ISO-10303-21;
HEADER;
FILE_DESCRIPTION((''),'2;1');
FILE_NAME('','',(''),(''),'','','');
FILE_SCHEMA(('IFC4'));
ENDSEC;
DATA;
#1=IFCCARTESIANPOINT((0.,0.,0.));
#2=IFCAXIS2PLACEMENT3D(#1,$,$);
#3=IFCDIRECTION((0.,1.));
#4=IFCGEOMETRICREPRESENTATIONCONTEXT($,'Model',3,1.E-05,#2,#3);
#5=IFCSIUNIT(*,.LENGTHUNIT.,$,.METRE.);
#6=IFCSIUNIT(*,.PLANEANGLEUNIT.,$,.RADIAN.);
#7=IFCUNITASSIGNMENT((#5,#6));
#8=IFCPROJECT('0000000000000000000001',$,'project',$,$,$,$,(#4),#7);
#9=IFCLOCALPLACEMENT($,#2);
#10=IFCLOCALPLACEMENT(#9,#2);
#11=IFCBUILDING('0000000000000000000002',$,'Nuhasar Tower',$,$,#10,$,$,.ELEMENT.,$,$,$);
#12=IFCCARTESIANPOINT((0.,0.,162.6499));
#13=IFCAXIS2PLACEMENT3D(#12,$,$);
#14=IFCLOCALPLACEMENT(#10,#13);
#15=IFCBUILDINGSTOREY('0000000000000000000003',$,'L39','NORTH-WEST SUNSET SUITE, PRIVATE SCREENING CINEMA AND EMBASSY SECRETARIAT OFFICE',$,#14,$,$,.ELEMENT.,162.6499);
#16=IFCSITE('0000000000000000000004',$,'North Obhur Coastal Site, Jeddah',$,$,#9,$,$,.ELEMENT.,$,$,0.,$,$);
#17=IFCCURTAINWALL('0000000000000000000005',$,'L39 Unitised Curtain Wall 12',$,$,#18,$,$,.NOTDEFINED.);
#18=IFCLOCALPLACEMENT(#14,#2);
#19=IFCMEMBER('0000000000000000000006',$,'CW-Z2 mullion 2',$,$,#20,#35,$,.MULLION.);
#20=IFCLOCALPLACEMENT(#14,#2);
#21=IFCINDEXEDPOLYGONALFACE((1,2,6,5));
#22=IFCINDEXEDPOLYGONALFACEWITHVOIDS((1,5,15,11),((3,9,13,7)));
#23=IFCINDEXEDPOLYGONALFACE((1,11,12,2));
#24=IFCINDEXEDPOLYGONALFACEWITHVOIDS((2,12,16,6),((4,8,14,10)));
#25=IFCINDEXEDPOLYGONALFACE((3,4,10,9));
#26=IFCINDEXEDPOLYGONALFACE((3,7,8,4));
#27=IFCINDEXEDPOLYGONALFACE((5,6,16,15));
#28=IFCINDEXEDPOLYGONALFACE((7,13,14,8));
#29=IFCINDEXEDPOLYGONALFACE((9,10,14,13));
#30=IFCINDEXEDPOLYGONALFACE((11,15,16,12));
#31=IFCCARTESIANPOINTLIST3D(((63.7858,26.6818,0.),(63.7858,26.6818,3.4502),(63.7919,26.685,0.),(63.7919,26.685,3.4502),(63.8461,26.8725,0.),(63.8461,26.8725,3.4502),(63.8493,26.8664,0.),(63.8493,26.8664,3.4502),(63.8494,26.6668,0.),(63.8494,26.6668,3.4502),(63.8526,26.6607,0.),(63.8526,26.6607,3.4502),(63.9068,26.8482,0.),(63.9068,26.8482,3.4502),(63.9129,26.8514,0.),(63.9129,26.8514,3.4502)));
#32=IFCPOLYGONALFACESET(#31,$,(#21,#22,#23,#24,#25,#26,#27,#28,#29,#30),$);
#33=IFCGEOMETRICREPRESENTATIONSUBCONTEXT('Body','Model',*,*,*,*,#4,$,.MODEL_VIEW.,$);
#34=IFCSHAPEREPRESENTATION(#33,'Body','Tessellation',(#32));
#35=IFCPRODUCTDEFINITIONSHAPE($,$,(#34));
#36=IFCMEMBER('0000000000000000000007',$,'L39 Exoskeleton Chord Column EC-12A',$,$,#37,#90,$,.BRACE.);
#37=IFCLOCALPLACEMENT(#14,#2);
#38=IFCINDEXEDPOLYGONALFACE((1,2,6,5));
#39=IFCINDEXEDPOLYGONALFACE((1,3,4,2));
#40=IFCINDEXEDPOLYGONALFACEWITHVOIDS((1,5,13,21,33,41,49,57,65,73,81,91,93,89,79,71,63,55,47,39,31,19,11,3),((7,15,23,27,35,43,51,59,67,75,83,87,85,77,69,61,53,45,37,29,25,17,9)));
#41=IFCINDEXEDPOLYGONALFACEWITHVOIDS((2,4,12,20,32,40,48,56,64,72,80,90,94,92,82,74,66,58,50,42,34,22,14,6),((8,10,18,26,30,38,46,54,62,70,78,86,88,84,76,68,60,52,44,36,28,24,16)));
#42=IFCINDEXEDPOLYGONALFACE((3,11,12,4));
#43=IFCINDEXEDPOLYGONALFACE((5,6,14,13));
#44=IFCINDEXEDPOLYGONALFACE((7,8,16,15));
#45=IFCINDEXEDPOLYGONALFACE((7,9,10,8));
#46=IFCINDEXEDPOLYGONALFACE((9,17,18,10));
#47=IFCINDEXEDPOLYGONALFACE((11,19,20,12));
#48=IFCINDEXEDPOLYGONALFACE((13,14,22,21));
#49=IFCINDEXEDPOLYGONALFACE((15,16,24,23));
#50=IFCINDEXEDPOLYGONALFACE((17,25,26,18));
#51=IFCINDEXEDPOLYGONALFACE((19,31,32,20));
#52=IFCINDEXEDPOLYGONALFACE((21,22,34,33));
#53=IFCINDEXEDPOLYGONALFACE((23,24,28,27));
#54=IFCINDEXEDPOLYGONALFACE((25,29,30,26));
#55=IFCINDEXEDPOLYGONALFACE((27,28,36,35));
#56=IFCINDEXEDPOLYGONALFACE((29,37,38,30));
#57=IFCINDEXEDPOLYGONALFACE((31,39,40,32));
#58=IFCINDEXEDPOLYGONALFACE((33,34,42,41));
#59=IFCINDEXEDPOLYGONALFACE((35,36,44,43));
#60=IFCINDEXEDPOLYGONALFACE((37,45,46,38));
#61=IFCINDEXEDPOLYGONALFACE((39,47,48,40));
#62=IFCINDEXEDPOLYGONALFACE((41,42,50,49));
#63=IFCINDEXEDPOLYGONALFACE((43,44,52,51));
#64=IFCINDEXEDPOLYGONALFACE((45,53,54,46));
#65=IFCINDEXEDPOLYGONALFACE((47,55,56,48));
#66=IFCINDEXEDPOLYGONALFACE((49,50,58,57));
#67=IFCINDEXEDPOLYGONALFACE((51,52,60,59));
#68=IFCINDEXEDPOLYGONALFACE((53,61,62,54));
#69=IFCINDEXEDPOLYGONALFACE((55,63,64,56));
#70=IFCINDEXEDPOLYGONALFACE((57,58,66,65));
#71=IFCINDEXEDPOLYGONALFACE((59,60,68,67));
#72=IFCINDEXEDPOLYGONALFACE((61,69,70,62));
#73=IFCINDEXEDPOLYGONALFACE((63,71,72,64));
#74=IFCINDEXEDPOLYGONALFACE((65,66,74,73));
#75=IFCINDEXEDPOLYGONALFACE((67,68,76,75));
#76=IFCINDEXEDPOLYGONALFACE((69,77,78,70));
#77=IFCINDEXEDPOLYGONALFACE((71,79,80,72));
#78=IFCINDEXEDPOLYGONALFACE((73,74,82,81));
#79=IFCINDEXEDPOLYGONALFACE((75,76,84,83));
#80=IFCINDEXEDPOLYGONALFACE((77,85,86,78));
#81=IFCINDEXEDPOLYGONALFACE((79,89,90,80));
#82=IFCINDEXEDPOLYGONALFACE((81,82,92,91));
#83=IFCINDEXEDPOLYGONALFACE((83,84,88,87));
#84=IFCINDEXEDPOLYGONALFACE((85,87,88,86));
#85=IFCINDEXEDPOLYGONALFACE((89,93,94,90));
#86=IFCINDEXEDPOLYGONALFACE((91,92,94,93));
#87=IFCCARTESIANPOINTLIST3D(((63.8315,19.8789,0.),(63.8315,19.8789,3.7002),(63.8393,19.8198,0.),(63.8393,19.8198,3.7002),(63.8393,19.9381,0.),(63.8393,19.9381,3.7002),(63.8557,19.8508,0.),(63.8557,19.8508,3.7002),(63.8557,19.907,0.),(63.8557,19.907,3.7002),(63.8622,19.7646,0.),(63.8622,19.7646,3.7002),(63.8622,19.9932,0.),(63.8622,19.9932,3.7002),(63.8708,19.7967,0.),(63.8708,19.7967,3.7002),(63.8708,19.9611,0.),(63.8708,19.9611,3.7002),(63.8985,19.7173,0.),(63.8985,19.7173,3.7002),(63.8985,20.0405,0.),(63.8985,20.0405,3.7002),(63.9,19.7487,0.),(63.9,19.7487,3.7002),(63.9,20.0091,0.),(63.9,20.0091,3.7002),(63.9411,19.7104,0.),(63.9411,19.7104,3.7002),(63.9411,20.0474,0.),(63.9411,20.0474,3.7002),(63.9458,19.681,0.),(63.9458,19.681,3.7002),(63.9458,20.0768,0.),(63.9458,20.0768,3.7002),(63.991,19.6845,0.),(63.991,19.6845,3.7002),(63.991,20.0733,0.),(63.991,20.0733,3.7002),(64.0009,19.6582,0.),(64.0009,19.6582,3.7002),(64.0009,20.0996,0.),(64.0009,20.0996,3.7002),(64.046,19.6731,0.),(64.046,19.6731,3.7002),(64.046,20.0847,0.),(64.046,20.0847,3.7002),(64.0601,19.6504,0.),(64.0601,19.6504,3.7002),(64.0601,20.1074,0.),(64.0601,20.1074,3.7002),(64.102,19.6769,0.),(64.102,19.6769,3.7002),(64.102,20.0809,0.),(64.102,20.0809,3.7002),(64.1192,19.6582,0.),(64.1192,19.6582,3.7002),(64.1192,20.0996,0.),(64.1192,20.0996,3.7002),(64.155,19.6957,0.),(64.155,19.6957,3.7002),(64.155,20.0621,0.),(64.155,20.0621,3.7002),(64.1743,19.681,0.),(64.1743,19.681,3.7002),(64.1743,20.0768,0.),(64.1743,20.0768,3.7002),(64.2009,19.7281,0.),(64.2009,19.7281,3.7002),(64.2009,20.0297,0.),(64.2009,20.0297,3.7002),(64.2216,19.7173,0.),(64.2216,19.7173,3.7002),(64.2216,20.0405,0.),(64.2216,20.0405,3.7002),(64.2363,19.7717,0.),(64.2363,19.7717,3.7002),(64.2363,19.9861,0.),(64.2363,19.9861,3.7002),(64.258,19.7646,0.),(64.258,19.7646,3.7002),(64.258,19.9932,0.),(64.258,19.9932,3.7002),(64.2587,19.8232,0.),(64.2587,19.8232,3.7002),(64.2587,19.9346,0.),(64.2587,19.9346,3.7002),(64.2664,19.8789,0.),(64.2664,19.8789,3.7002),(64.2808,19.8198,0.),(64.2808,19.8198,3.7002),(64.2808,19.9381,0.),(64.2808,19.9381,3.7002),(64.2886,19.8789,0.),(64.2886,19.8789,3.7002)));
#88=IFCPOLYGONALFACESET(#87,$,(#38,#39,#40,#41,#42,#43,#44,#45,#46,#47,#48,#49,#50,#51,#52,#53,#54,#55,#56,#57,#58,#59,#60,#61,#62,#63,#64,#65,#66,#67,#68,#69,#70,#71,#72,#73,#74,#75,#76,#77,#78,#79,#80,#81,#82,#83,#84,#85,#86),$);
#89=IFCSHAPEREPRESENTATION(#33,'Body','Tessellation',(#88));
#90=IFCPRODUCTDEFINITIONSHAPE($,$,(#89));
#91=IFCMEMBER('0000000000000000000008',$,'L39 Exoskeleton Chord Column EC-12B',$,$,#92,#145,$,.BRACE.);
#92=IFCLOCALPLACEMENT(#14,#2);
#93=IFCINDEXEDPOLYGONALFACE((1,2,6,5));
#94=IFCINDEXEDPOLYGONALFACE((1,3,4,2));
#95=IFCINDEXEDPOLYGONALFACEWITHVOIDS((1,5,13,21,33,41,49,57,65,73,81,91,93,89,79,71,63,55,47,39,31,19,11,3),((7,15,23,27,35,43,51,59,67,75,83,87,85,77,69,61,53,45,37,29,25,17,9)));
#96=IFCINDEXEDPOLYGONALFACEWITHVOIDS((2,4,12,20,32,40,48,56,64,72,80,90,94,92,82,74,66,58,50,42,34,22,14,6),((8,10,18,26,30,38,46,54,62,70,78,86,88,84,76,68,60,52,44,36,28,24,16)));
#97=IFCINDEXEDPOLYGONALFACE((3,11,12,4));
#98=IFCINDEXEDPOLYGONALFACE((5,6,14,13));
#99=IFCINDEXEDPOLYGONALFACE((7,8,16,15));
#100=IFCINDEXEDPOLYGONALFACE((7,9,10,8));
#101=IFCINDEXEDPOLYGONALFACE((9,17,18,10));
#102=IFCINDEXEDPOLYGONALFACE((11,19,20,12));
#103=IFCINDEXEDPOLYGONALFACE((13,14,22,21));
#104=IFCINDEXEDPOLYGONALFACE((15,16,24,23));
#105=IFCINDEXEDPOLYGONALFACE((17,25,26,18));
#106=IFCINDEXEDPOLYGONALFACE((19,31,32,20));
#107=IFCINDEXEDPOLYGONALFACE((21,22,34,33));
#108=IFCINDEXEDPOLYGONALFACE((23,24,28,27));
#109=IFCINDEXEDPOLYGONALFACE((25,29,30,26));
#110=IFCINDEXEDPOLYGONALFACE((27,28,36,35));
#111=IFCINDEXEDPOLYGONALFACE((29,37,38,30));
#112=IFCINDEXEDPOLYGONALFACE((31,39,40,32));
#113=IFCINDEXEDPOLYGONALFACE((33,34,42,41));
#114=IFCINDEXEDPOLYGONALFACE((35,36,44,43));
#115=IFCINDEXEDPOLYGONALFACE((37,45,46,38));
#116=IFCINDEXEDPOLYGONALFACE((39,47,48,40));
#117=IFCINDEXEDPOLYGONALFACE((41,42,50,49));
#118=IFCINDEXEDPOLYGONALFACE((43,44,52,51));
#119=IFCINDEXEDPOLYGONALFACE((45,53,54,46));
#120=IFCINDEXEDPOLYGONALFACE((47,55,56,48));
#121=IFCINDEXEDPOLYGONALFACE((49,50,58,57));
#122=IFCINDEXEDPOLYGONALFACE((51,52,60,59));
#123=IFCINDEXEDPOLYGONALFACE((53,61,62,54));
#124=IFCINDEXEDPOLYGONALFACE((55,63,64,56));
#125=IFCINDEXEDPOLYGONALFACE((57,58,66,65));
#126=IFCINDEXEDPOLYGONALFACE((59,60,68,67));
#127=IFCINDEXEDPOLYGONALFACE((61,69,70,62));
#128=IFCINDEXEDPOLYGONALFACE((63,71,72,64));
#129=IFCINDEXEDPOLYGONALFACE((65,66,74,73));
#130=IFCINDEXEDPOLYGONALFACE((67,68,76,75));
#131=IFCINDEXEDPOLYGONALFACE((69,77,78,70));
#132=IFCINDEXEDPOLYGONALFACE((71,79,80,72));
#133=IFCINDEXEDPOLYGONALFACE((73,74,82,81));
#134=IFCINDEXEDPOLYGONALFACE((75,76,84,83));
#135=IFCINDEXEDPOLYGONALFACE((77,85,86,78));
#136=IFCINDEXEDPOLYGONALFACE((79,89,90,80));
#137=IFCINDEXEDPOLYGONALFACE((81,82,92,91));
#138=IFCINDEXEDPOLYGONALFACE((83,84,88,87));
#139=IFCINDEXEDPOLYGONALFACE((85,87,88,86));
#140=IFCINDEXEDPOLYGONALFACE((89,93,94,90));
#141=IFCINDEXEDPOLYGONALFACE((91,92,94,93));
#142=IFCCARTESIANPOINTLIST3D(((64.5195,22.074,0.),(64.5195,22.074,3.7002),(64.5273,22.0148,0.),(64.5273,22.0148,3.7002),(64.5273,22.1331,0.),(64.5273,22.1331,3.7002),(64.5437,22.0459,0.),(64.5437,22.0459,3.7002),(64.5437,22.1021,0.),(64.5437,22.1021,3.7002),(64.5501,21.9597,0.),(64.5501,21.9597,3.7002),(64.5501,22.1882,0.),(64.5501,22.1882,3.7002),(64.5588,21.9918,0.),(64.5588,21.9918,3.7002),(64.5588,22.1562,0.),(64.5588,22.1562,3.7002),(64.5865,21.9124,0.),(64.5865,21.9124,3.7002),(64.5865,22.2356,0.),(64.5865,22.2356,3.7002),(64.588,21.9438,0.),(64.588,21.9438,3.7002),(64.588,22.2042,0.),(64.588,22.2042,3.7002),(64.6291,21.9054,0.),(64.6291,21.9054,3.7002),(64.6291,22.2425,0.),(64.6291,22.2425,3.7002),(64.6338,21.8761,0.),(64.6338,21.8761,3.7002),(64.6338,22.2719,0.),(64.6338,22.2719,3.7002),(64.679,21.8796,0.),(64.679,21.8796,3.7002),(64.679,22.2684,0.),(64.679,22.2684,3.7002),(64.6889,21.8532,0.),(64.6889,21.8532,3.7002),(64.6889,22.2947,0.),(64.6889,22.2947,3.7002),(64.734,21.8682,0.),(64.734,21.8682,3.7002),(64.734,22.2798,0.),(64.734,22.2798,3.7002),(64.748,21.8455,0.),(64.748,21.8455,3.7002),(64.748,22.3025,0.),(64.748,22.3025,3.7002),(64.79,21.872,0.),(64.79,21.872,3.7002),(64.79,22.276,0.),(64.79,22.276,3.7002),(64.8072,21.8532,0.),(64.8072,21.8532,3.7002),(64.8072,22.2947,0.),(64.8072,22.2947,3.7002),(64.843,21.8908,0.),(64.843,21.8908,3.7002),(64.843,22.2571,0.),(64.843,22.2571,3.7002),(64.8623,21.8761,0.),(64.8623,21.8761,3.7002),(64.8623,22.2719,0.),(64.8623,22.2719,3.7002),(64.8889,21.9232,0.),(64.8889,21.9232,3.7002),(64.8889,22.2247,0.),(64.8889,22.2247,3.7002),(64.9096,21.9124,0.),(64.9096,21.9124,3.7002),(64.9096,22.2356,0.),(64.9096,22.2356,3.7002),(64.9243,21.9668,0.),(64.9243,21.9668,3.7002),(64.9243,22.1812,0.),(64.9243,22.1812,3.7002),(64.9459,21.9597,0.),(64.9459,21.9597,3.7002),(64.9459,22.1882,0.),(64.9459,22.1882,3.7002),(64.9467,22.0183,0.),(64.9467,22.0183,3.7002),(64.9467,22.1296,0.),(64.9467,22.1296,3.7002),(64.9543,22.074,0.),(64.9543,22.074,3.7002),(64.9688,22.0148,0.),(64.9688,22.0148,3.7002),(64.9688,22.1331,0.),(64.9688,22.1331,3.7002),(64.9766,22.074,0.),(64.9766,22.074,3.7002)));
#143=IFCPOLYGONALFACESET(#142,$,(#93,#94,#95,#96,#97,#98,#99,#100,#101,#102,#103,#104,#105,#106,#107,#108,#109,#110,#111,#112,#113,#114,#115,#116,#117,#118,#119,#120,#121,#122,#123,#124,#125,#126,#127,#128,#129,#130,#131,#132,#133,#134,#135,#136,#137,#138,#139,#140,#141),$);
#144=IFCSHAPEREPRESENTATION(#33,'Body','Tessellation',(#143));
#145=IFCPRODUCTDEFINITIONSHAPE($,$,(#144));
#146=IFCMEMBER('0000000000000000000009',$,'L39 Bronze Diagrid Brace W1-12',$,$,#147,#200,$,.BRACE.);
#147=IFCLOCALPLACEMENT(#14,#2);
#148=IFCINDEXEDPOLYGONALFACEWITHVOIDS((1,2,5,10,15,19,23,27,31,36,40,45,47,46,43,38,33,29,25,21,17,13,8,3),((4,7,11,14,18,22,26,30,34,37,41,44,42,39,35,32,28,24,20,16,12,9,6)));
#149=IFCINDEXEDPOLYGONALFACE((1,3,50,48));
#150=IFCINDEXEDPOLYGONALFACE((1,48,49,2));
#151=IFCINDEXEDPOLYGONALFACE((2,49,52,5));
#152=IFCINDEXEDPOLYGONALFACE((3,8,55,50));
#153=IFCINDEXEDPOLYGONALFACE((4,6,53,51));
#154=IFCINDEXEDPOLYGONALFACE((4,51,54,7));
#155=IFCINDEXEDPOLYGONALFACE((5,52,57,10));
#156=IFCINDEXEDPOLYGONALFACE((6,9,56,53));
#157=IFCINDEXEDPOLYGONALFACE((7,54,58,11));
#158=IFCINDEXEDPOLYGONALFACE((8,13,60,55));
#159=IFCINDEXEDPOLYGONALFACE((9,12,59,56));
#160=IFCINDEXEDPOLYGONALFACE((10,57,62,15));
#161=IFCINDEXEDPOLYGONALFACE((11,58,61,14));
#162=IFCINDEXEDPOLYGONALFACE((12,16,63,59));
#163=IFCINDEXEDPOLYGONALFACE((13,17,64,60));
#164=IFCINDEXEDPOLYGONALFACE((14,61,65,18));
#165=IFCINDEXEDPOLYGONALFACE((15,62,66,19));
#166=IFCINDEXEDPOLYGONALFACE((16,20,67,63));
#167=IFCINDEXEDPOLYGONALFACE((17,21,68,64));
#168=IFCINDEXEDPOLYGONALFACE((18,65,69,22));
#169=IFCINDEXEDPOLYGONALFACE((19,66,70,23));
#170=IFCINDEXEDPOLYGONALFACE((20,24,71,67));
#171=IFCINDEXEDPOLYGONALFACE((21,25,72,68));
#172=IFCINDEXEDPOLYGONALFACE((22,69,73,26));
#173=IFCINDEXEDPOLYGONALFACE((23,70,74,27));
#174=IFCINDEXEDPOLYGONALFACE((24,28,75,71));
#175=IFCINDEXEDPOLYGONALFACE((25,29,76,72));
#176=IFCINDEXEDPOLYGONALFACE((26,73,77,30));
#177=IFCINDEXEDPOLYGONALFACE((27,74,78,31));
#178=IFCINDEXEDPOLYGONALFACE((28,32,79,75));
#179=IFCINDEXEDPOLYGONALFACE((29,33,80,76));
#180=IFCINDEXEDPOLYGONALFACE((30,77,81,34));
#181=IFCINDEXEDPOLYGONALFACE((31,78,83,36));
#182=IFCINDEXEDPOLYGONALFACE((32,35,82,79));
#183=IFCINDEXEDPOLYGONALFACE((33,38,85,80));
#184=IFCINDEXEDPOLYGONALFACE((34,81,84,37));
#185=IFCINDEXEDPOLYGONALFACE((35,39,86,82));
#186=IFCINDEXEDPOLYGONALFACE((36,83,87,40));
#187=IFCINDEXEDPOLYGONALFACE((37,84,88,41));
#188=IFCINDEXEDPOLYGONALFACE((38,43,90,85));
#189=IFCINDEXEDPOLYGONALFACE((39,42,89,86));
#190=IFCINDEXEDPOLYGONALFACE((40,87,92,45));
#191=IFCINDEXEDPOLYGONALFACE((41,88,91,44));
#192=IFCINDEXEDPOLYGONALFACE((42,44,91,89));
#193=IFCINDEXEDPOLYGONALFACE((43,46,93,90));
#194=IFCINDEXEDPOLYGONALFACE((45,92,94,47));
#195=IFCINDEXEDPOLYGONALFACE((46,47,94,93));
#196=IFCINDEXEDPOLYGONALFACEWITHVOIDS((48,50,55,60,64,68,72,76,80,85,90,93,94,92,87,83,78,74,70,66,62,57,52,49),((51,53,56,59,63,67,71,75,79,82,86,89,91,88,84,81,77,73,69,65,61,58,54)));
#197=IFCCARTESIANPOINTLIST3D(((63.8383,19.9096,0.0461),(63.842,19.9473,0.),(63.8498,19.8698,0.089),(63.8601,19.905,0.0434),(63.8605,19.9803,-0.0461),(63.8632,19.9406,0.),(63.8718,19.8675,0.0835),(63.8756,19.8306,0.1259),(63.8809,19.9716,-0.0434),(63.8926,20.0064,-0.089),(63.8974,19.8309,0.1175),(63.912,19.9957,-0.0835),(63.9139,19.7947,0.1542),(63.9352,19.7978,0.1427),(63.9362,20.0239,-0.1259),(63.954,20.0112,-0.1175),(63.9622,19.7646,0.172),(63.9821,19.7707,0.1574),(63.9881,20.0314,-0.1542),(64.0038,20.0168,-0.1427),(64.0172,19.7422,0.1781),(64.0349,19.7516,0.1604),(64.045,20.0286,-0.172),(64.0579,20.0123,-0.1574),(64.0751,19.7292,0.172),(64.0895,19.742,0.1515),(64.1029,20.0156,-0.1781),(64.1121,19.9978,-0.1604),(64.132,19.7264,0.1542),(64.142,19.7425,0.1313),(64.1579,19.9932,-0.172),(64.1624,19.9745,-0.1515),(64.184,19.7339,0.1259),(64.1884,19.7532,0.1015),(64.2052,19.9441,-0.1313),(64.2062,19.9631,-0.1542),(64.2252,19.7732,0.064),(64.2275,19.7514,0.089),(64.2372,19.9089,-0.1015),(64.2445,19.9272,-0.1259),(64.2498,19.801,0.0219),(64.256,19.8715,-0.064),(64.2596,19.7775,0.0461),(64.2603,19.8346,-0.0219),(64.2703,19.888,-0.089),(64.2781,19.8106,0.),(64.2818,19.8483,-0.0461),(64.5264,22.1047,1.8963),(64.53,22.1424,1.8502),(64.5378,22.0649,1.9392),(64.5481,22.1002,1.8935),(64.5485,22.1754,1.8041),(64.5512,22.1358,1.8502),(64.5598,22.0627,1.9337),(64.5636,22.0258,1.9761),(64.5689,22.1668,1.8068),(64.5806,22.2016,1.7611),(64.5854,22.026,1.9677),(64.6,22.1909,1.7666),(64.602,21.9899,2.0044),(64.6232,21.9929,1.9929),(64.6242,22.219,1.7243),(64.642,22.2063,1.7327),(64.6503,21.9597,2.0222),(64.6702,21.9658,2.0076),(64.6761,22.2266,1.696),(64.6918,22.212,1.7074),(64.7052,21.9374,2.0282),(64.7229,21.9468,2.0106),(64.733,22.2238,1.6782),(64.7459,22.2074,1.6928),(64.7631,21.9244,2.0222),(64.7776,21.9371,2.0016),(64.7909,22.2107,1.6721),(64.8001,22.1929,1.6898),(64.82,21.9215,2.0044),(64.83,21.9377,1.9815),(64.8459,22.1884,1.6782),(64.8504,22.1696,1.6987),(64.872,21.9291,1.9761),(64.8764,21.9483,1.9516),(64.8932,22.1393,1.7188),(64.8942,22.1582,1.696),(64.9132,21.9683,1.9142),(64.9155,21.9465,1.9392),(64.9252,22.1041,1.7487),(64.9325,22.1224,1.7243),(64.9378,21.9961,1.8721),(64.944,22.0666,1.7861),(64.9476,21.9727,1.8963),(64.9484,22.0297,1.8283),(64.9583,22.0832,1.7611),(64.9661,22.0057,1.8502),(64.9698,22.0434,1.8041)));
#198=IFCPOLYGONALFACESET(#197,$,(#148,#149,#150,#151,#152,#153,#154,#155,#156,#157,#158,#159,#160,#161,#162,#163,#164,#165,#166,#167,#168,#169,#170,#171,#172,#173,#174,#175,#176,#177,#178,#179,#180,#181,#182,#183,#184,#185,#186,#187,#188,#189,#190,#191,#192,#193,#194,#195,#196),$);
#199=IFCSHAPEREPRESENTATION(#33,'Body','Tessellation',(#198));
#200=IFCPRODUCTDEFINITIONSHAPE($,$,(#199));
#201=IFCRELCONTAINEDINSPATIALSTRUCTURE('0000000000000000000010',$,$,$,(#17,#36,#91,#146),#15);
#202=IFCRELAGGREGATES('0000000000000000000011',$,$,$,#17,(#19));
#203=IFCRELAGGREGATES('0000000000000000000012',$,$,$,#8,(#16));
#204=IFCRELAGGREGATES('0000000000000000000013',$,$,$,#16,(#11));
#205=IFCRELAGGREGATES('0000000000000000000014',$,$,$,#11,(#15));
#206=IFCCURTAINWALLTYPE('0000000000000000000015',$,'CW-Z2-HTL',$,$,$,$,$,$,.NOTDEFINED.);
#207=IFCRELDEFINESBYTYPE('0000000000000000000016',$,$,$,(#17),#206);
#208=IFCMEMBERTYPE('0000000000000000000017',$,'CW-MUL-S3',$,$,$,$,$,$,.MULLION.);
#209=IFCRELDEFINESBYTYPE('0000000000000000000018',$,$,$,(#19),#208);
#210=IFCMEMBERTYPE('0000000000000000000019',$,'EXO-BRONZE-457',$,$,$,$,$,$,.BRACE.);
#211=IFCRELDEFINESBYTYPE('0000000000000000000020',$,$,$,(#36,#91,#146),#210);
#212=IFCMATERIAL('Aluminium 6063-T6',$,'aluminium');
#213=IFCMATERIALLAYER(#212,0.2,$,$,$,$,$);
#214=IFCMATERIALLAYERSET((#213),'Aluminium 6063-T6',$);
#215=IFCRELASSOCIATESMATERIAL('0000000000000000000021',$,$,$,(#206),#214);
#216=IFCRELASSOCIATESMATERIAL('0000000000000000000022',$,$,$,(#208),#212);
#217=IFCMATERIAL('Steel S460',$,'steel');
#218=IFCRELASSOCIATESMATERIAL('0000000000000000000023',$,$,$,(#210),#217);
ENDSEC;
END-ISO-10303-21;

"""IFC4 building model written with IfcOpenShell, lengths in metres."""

from ifc_helpers import new_model, si_unit, direction, frame, origin, origin_2d, place, context, subcontext, project, spatial, hollow_rectangle, hollow_circle, extrude, material, layer, layer_set, material_profile, profile_set, type_object, element, aggregate, save


model = new_model("IFC4")

# Units and contexts
model_context = context("Model", 3, precision=1e-05, world=origin(), true_north=direction((0.0, 1.0)))
body_context = subcontext(model_context, "Body", "Model", "MODEL_VIEW")
ifc_project = project(units=[si_unit("LENGTHUNIT", "METRE"), si_unit("PLANEANGLEUNIT", "RADIAN")], contexts=[model_context])

# Site, building, storey
site_placement = place(None, origin())
site = spatial("IfcSite", under=ifc_project, at=site_placement, Name="North Obhur Coastal Site, Jeddah", CompositionType="ELEMENT", RefElevation=0.0)
building_placement = place(site_placement, origin())
building = spatial("IfcBuilding", under=site, at=building_placement, Name="Nuhasar Tower", CompositionType="ELEMENT")
storey_placement = place(building_placement, frame((0.0, 0.0, 162.6499)))
storey = spatial("IfcBuildingStorey", under=building, at=storey_placement, Name="L39", Description="NORTH-WEST SUNSET SUITE, PRIVATE SCREENING CINEMA AND EMBASSY SECRETARIAT OFFICE", CompositionType="ELEMENT", Elevation=162.6499)

# Curtain wall, member
ifc_material_1 = material(Name="Aluminium 6063-T6", Category="aluminium")
ifc_layer_1 = layer(ifc_material_1, 0.2)
ifc_layer_set_1 = layer_set([ifc_layer_1], Name="Aluminium 6063-T6")
curtain_wall_type = type_object("IfcCurtainWallType", Name="CW-Z2-HTL", PredefinedType="NOTDEFINED", material=ifc_layer_set_1)
curtain_wall_placement = place(storey_placement, origin())
curtain_wall = element("IfcCurtainWall", 1, at=curtain_wall_placement, inside=storey, type_object=curtain_wall_type, Name="L39 Unitised Curtain Wall 12", PredefinedType="NOTDEFINED")
ifc_material_profile_1 = material_profile(ifc_material_1, hollow_rectangle(XDim=0.0701, YDim=0.2, WallThickness=0.0049, at=origin_2d()), Name="CWM-3")
ifc_profile_set_1 = profile_set([ifc_material_profile_1], Name="Aluminium 6063-T6")
member_type_1 = type_object("IfcMemberType", Name="CW-MUL-S3", PredefinedType="MULLION", material=ifc_profile_set_1)
member_placement = place(storey_placement, frame((63.8494, 26.7666, 0.0), z_axis=(0.0, 0.0, 1.0), x_axis=(-0.953433, 0.301604, 0.0)))
member = element("IfcMember", 2, at=member_placement, type_object=member_type_1, Name="CW-Z2 mullion 2", PredefinedType="MULLION", context=body_context, shape_type="SweptSolid", body=[
    extrude(hollow_rectangle(XDim=0.0701, YDim=0.2, WallThickness=0.0049, at=origin_2d()), origin(), (0.0, 0.0, 1.0), 3.4502),
])

# Members
ifc_material_2 = material(Name="Steel S460", Category="steel")
ifc_material_profile_2 = material_profile(ifc_material_2, hollow_circle(Radius=0.2285, WallThickness=0.0222, at=origin_2d()), Name="HSS457X22.2")
ifc_profile_set_2 = profile_set([ifc_material_profile_2], Name="Steel S460")
member_type_2 = type_object("IfcMemberType", Name="EXO-BRONZE-457", PredefinedType="BRACE", material=ifc_profile_set_2)
for number, where, z_axis, x_axis, name in (
    (3, (64.0601, 19.8789, 0.0), (0.0, 0.0, 1.0), (1.0, 0.0, 0.0), "L39 Exoskeleton Chord Column EC-12A"),
    (4, (64.748, 22.074, 0.0), (0.0, 0.0, 1.0), (1.0, 0.0, 0.0), "L39 Exoskeleton Chord Column EC-12B"),
):
    element("IfcMember", number, at=place(storey_placement, frame(where, z_axis=z_axis, x_axis=x_axis)), inside=storey, type_object=member_type_2, Name=name, PredefinedType="BRACE", context=body_context, shape_type="SweptSolid", body=[
        extrude(hollow_circle(Radius=0.2285, WallThickness=0.0222, at=origin_2d()), origin(), (0.0, 0.0, 1.0), 3.7002),
    ])
for number, where, z_axis, x_axis, name in (
    (5, (64.0601, 19.8789, 0.0), (0.233056, 0.743578, 0.626719), (-0.954228, 0.299079, 0.0), "L39 Bronze Diagrid Brace W1-12"),
):
    element("IfcMember", number, at=place(storey_placement, frame(where, z_axis=z_axis, x_axis=x_axis)), inside=storey, type_object=member_type_2, Name=name, PredefinedType="BRACE", context=body_context, shape_type="SweptSolid", body=[
        extrude(hollow_circle(Radius=0.2285, WallThickness=0.0222, at=origin_2d()), origin(), (0.0, 0.0, 1.0), 2.9521),
    ])

aggregate(curtain_wall, [member])

save(model, "model.ifc")
